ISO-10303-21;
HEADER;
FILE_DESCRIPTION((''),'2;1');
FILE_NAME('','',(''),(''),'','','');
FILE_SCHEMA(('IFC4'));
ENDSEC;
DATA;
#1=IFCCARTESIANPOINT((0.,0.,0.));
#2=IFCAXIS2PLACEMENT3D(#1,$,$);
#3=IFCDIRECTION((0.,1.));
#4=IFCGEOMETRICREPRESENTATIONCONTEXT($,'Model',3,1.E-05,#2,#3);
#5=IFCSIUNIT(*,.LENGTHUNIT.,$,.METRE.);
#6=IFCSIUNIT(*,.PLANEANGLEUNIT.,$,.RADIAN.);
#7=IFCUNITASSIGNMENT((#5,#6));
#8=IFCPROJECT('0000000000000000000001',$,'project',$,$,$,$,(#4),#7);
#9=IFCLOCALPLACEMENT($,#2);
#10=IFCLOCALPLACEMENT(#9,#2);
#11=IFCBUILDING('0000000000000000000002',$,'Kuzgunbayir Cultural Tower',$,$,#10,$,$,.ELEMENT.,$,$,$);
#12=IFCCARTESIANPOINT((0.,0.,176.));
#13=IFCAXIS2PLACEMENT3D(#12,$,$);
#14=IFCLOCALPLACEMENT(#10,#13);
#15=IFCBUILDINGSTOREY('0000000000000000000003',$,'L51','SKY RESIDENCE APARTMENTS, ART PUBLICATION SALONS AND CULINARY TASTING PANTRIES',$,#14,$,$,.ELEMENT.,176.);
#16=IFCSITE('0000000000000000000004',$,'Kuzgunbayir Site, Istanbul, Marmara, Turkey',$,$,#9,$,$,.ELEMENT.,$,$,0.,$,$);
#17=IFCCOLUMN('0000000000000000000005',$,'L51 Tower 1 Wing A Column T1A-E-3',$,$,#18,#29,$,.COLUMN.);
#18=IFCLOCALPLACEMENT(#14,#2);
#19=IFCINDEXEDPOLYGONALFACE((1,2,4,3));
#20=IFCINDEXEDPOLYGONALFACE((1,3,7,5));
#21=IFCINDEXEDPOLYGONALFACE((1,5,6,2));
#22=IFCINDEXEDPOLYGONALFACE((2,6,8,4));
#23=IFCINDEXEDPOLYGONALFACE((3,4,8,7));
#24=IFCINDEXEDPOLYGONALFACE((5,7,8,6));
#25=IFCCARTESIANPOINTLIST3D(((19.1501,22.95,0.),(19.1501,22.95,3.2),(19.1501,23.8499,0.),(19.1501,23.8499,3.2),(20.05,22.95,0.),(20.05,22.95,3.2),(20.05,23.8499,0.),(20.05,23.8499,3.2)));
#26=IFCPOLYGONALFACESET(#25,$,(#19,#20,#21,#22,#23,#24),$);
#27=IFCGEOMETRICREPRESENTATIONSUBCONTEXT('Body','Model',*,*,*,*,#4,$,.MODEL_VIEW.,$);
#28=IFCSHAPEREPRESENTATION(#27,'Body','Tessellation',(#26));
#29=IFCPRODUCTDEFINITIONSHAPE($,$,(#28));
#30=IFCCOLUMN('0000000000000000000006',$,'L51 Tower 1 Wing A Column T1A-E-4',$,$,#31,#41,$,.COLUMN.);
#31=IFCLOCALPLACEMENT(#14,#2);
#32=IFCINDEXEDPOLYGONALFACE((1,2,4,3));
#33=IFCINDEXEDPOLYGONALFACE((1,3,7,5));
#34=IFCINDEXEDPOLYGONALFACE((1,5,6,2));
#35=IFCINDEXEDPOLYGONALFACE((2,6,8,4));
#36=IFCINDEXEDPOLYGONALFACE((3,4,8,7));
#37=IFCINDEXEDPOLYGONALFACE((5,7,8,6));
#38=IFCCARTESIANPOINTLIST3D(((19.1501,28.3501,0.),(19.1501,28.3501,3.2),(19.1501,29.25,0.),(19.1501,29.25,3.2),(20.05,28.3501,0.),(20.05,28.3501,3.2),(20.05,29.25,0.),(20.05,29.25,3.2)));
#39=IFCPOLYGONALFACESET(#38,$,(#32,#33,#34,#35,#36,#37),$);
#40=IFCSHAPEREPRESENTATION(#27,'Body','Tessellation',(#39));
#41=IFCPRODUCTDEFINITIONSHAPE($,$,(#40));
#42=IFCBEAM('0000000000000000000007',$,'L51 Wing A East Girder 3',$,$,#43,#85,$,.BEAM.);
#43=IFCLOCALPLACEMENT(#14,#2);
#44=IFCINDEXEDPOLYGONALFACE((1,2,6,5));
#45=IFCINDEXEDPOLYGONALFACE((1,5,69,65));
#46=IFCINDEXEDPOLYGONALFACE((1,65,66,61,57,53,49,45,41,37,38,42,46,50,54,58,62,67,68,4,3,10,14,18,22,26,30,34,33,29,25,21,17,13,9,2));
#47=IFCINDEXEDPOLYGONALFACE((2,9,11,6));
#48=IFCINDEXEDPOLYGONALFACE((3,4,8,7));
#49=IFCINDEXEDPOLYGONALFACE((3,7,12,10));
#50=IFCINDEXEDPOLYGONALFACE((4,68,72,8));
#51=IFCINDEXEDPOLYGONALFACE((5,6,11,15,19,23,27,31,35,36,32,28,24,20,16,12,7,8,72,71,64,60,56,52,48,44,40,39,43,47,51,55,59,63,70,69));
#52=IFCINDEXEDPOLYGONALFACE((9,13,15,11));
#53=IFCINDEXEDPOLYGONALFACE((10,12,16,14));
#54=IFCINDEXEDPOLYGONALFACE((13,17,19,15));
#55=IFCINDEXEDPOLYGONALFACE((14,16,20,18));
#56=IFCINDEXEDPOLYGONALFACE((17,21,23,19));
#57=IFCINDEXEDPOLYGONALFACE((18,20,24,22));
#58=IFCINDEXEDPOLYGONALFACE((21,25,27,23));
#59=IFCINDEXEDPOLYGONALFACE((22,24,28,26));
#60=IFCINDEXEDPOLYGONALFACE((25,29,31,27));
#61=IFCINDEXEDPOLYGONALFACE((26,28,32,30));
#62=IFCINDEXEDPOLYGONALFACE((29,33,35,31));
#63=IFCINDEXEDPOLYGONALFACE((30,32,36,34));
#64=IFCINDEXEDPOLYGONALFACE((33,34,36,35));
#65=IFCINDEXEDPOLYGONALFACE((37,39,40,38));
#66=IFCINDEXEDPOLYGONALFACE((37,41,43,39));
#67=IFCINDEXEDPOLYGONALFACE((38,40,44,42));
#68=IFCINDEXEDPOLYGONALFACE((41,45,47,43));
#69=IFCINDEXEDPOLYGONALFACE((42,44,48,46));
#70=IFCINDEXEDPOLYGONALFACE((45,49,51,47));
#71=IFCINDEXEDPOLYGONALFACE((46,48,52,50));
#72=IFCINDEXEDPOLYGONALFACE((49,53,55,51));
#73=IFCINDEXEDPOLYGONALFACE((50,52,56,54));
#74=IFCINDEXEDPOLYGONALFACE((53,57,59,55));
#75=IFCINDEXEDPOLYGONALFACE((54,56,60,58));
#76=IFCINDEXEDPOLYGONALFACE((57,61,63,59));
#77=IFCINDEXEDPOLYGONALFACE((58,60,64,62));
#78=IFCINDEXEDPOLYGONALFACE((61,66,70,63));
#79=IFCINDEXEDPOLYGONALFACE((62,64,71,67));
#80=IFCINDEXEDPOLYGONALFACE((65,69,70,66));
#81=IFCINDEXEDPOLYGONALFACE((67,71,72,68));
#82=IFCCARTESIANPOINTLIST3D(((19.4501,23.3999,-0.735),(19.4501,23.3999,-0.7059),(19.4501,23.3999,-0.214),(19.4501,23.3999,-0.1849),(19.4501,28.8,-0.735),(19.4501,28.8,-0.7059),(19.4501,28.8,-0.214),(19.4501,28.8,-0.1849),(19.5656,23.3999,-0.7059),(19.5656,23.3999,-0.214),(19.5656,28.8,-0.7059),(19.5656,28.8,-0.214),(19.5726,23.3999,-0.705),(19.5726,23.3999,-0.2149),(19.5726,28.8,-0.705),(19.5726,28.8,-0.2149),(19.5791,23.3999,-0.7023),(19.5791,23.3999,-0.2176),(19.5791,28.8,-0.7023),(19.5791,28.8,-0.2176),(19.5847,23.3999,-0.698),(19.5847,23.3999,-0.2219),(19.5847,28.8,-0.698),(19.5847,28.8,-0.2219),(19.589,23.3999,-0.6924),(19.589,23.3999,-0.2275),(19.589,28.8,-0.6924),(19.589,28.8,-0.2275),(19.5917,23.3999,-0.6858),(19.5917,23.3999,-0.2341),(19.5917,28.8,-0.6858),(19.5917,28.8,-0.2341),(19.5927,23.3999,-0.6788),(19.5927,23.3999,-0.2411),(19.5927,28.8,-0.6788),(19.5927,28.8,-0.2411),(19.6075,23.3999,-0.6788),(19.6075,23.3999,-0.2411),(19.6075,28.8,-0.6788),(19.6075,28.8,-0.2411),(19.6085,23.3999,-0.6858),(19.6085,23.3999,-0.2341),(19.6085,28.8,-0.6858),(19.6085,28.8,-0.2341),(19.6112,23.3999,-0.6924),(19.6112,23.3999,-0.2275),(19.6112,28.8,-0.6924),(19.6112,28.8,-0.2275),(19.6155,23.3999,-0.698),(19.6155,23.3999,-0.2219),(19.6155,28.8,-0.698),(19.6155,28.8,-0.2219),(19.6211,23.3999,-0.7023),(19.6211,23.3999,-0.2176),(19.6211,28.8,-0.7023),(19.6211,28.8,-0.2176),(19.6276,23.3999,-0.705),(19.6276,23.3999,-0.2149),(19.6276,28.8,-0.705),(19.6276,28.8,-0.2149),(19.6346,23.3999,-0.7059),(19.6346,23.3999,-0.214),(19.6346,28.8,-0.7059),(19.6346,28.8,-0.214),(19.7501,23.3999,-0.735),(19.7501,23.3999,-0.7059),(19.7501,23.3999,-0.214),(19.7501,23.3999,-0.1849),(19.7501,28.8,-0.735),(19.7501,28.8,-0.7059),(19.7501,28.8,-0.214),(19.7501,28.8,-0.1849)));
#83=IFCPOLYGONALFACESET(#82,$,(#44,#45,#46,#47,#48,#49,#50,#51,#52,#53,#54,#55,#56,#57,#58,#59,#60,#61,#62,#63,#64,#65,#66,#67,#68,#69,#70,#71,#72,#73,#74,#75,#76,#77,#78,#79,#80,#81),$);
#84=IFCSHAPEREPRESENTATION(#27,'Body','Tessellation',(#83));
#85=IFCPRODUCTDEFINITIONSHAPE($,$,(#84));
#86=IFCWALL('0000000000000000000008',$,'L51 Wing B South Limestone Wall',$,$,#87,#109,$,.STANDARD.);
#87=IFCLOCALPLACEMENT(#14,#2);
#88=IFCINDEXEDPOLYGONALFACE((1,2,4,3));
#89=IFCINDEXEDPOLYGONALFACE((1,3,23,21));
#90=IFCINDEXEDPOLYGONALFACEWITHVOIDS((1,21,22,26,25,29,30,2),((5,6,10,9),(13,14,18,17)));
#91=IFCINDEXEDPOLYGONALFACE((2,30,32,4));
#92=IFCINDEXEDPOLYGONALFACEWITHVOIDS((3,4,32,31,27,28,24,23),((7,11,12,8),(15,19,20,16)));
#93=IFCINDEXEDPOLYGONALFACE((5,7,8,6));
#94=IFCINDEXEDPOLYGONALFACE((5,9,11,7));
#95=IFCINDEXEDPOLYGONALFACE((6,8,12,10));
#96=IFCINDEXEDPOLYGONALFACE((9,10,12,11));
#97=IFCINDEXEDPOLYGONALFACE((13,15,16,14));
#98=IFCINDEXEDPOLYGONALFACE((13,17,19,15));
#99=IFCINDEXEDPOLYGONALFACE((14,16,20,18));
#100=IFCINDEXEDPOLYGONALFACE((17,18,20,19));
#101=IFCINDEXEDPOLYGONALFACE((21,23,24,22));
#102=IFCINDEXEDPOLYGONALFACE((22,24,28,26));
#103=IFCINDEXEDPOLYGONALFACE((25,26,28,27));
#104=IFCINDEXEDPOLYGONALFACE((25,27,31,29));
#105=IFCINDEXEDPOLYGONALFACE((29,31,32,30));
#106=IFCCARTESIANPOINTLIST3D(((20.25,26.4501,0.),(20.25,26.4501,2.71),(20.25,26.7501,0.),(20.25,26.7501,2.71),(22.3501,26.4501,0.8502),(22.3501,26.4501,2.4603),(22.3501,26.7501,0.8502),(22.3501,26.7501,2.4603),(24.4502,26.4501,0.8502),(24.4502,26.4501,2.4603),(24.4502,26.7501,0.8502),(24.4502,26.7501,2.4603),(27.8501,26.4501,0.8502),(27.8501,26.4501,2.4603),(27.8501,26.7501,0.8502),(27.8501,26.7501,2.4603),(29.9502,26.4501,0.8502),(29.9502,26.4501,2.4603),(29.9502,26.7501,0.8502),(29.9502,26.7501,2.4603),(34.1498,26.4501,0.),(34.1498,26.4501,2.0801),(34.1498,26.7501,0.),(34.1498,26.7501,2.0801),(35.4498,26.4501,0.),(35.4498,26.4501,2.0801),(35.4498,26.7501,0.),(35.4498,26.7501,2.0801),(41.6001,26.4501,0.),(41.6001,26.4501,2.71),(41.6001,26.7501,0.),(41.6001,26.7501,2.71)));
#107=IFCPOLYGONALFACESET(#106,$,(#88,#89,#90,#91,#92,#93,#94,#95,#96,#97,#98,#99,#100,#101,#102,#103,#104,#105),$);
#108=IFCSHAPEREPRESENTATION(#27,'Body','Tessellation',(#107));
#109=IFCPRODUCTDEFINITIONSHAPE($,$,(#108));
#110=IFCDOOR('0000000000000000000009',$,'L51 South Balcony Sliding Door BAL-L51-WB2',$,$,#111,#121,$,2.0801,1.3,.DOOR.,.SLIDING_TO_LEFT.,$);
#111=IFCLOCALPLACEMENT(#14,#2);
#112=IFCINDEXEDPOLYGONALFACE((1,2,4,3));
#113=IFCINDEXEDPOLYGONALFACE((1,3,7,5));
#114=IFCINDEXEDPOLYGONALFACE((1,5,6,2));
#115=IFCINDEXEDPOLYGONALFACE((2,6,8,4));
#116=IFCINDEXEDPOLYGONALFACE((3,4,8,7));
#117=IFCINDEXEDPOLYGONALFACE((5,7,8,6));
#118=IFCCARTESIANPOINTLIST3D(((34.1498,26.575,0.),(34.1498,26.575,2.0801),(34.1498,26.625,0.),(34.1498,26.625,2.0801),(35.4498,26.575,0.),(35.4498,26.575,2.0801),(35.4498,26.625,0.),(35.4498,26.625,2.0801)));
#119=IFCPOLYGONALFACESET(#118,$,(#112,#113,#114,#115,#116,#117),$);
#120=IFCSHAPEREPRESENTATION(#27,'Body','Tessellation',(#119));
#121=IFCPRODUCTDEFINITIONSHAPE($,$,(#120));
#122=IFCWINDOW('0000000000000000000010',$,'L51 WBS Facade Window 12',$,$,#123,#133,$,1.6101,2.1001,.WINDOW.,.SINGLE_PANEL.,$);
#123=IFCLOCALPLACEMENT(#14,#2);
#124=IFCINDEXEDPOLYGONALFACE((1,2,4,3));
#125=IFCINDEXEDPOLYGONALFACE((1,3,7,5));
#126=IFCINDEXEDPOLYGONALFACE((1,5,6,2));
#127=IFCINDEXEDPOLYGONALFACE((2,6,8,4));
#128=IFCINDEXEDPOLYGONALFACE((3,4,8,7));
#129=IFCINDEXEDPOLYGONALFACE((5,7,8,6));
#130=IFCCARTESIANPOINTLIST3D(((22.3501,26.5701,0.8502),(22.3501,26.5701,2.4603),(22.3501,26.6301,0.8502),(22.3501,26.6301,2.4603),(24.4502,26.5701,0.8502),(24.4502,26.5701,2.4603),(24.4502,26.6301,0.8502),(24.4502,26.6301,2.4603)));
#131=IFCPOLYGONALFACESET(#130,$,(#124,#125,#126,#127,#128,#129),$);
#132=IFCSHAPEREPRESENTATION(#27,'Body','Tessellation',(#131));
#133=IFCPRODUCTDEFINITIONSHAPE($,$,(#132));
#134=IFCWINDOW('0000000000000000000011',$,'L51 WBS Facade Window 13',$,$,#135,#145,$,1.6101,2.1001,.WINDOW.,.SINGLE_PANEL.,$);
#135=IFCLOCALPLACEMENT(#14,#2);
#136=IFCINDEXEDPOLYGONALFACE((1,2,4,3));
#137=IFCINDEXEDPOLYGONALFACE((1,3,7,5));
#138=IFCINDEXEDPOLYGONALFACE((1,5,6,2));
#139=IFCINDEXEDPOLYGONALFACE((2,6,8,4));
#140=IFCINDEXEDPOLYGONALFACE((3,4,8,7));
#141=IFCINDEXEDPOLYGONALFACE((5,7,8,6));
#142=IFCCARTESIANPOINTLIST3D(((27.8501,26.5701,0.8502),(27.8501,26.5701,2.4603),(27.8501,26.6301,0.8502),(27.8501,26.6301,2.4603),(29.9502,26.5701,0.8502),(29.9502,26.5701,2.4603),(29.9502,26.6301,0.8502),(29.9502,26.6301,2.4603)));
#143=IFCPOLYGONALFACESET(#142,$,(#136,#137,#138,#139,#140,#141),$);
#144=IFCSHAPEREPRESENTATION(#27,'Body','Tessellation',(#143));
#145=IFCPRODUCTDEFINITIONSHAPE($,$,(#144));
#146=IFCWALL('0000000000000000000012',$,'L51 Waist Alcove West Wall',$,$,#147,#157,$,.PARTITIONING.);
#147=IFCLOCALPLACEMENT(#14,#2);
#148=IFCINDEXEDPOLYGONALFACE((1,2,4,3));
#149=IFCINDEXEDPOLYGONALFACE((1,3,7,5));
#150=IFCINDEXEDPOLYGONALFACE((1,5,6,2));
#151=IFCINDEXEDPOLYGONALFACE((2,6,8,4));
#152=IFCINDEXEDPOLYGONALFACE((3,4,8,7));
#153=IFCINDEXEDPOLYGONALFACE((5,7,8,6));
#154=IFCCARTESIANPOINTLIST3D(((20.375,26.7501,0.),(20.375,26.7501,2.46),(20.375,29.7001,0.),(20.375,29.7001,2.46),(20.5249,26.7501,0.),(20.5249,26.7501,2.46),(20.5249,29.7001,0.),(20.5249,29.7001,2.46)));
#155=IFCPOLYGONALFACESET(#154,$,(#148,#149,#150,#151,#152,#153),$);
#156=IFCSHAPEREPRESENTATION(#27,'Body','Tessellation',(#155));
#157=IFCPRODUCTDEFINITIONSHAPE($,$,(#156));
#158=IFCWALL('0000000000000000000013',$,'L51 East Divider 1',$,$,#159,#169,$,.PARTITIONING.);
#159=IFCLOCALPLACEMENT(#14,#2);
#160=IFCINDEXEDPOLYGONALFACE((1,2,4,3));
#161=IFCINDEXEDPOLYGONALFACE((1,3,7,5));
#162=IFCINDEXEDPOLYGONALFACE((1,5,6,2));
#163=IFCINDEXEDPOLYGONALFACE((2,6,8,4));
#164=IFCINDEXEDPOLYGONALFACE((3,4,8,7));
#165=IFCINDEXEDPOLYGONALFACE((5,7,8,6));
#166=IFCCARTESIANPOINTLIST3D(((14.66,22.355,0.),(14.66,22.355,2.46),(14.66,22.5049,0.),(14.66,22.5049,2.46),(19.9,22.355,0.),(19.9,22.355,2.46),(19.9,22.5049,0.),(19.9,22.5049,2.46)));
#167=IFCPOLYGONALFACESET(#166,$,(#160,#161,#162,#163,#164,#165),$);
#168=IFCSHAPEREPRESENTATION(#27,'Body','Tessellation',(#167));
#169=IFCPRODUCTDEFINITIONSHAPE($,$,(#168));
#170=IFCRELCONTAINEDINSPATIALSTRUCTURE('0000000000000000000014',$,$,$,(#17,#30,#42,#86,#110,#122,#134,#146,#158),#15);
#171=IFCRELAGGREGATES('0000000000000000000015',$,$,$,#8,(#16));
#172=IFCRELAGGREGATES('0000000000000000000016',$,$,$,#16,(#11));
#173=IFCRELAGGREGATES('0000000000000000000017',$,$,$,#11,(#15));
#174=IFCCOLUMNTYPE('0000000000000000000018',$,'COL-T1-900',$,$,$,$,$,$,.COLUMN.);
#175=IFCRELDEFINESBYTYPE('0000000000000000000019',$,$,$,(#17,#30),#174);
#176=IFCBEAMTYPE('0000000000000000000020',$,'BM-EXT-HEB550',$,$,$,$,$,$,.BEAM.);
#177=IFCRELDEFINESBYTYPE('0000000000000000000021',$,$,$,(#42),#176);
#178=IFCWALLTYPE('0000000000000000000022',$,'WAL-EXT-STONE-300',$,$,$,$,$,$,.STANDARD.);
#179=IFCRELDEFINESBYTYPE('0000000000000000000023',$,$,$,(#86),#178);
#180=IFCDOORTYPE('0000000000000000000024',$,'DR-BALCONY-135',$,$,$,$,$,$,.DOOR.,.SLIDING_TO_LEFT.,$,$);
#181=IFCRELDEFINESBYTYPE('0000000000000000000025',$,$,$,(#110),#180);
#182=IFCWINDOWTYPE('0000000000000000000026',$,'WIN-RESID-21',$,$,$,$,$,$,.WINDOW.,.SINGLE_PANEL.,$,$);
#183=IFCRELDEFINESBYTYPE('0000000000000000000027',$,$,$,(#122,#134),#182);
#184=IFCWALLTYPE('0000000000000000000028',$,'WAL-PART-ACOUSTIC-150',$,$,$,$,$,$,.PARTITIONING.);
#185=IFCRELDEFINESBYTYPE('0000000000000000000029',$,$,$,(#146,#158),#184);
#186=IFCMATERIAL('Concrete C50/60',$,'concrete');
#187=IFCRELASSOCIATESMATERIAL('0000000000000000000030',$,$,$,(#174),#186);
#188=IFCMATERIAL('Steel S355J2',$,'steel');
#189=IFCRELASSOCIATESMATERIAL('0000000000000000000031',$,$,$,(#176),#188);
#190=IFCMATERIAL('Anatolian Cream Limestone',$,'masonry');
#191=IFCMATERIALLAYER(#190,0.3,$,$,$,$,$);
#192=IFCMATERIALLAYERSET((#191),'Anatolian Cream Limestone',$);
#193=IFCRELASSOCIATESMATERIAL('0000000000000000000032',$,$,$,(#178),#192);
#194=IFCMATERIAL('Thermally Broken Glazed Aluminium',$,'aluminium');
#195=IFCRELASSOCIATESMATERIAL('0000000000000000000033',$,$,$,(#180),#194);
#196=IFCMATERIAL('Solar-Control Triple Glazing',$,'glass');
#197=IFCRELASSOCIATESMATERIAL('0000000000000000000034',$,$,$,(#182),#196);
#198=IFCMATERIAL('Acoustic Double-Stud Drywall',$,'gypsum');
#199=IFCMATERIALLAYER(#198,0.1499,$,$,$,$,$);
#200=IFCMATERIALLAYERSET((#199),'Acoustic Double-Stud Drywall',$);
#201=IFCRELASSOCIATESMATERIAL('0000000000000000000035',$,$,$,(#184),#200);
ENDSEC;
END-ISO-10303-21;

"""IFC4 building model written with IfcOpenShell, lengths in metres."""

from ifc_helpers import new_model, si_unit, direction, frame, frame_2d, origin, origin_2d, place, context, subcontext, project, spatial, rectangle, i_section, extrude, material, layer, layer_set, material_profile, profile_set, type_object, element, fill, save


model = new_model("IFC4")

# Units and contexts
model_context = context("Model", 3, precision=1e-05, world=origin(), true_north=direction((0.0, 1.0)))
body_context = subcontext(model_context, "Body", "Model", "MODEL_VIEW")
ifc_project = project(units=[si_unit("LENGTHUNIT", "METRE"), si_unit("PLANEANGLEUNIT", "RADIAN")], contexts=[model_context])

# Site, building, storey
site_placement = place(None, origin())
site = spatial("IfcSite", under=ifc_project, at=site_placement, Name="Kuzgunbayir Site, Istanbul, Marmara, Turkey", CompositionType="ELEMENT", RefElevation=0.0)
building_placement = place(site_placement, origin())
building = spatial("IfcBuilding", under=site, at=building_placement, Name="Kuzgunbayir Cultural Tower", CompositionType="ELEMENT")
storey_placement = place(building_placement, frame((0.0, 0.0, 176.0)))
storey = spatial("IfcBuildingStorey", under=building, at=storey_placement, Name="L51", Description="SKY RESIDENCE APARTMENTS, ART PUBLICATION SALONS AND CULINARY TASTING PANTRIES", CompositionType="ELEMENT", Elevation=176.0)

# Columns
ifc_material_1 = material(Name="Concrete C50/60", Category="concrete")
ifc_material_profile_1 = material_profile(ifc_material_1, rectangle(XDim=0.8999, YDim=0.8999, at=origin_2d()), Name="RC 900x900")
ifc_profile_set_1 = profile_set([ifc_material_profile_1], Name="Concrete C50/60")
column_type = type_object("IfcColumnType", Name="COL-T1-900", PredefinedType="COLUMN", material=ifc_profile_set_1)
for number, where, z_axis, x_axis, name in (
    (1, (19.6001, 23.3999, 0.0), (0.0, 0.0, 1.0), (1.0, 0.0, 0.0), "L51 Tower 1 Wing A Column T1A-E-3"),
    (2, (19.6001, 28.8, 0.0), (0.0, 0.0, 1.0), (1.0, 0.0, 0.0), "L51 Tower 1 Wing A Column T1A-E-4"),
):
    element("IfcColumn", number, at=place(storey_placement, frame(where, z_axis=z_axis, x_axis=x_axis)), inside=storey, type_object=column_type, Name=name, PredefinedType="COLUMN", context=body_context, shape_type="SweptSolid", body=[
        extrude(rectangle(XDim=0.8999, YDim=0.8999, at=origin_2d()), origin(), (0.0, 0.0, 1.0), 3.2),
    ])

# Beam
ifc_material_2 = material(Name="Steel S355J2", Category="steel")
ifc_material_profile_2 = material_profile(ifc_material_2, i_section(OverallWidth=0.3, OverallDepth=0.55, WebThickness=0.0149, FlangeThickness=0.0291, FilletRadius=0.0271, at=origin_2d()), Name="HEB 550")
ifc_profile_set_2 = profile_set([ifc_material_profile_2], Name="Steel S355J2")
beam_type = type_object("IfcBeamType", Name="BM-EXT-HEB550", PredefinedType="BEAM", material=ifc_profile_set_2)
beam_placement = place(storey_placement, frame((19.6001, 23.3999, -0.46), z_axis=(0.0, 1.0, 0.0), x_axis=(-1.0, 0.0, 0.0)))
element("IfcBeam", 3, at=beam_placement, inside=storey, type_object=beam_type, Name="L51 Wing A East Girder 3", PredefinedType="BEAM", context=body_context, shape_type="SweptSolid", body=[
    extrude(i_section(OverallWidth=0.3, OverallDepth=0.55, WebThickness=0.0149, FlangeThickness=0.0291, FilletRadius=0.0271, at=origin_2d()), origin(), (0.0, 0.0, 1.0), 5.4001),
])

# Wall, openings, door, windows
ifc_material_3 = material(Name="Anatolian Cream Limestone", Category="masonry")
ifc_layer_1 = layer(ifc_material_3, 0.3)
ifc_layer_set_1 = layer_set([ifc_layer_1], Name="Anatolian Cream Limestone")
wall_type_1 = type_object("IfcWallType", Name="WAL-EXT-STONE-300", PredefinedType="STANDARD", material=ifc_layer_set_1)
wall_1_placement = place(storey_placement, frame((20.25, 26.6001, 0.0), z_axis=(0.0, 0.0, 1.0), x_axis=(1.0, 0.0, 0.0)))
wall_1 = element("IfcWall", 4, at=wall_1_placement, inside=storey, type_object=wall_type_1, Name="L51 Wing B South Limestone Wall", PredefinedType="STANDARD", context=body_context, shape_type="SweptSolid", body=[
    extrude(rectangle(XDim=21.3501, YDim=0.3, at=frame_2d((10.675, 0.0))), origin(), (0.0, 0.0, 1.0), 2.71),
])
opening_1_placement = place(wall_1_placement, frame((13.8999, 0.0, 0.0)))
opening_1 = element("IfcOpeningElement", 5, at=opening_1_placement, cuts=wall_1, PredefinedType="OPENING", context=body_context, shape_type="SweptSolid", body=[
    extrude(rectangle(XDim=1.3, YDim=2.0801, at=frame_2d((0.6499, 1.04))), frame((0.0, 0.1602, 0.0), z_axis=(0.0, -1.0, 0.0), x_axis=(1.0, 0.0, 0.0)), (0.0, 0.0, 1.0), 0.3201),
])
opening_2_placement = place(wall_1_placement, frame((2.1001, 0.0, 0.8501)))
opening_2 = element("IfcOpeningElement", 6, at=opening_2_placement, cuts=wall_1, PredefinedType="OPENING", context=body_context, shape_type="SweptSolid", body=[
    extrude(rectangle(XDim=2.1001, YDim=1.6101, at=frame_2d((1.05, 0.8052))), frame((0.0, 0.1602, 0.0), z_axis=(0.0, -1.0, 0.0), x_axis=(1.0, 0.0, 0.0)), (0.0, 0.0, 1.0), 0.3201),
])
opening_3_placement = place(wall_1_placement, frame((7.6001, 0.0, 0.8501)))
opening_3 = element("IfcOpeningElement", 7, at=opening_3_placement, cuts=wall_1, PredefinedType="OPENING", context=body_context, shape_type="SweptSolid", body=[
    extrude(rectangle(XDim=2.1001, YDim=1.6101, at=frame_2d((1.05, 0.8052))), frame((0.0, 0.1602, 0.0), z_axis=(0.0, -1.0, 0.0), x_axis=(1.0, 0.0, 0.0)), (0.0, 0.0, 1.0), 0.3201),
])
ifc_material_4 = material(Name="Thermally Broken Glazed Aluminium", Category="aluminium")
door_type = type_object("IfcDoorType", Name="DR-BALCONY-135", OperationType="SLIDING_TO_LEFT", PredefinedType="DOOR", material=ifc_material_4)
door_placement = place(opening_1_placement, origin())
door = element("IfcDoor", 8, at=door_placement, inside=storey, type_object=door_type, Name="L51 South Balcony Sliding Door BAL-L51-WB2", OperationType="SLIDING_TO_LEFT", OverallHeight=2.0801, OverallWidth=1.3, PredefinedType="DOOR", context=body_context, shape_type="SweptSolid", body=[
    extrude(rectangle(XDim=1.3, YDim=2.0801, at=frame_2d((0.6499, 1.04))), frame((0.0, 0.0249, 0.0), z_axis=(0.0, -1.0, 0.0), x_axis=(1.0, 0.0, 0.0)), (0.0, 0.0, 1.0), 0.05),
])
fill(opening_1, door)
ifc_material_5 = material(Name="Solar-Control Triple Glazing", Category="glass")
window_type = type_object("IfcWindowType", Name="WIN-RESID-21", PartitioningType="SINGLE_PANEL", PredefinedType="WINDOW", material=ifc_material_5)
window_1_placement = place(opening_2_placement, origin())
window_1 = element("IfcWindow", 9, at=window_1_placement, inside=storey, type_object=window_type, Name="L51 WBS Facade Window 12", OverallHeight=1.6101, OverallWidth=2.1001, PartitioningType="SINGLE_PANEL", PredefinedType="WINDOW", context=body_context, shape_type="SweptSolid", body=[
    extrude(rectangle(XDim=2.1001, YDim=1.6101, at=frame_2d((1.05, 0.8052))), frame((0.0, 0.03, 0.0), z_axis=(0.0, -1.0, 0.0), x_axis=(1.0, 0.0, 0.0)), (0.0, 0.0, 1.0), 0.0601),
])
fill(opening_2, window_1)
window_2_placement = place(opening_3_placement, origin())
window_2 = element("IfcWindow", 10, at=window_2_placement, inside=storey, type_object=window_type, Name="L51 WBS Facade Window 13", OverallHeight=1.6101, OverallWidth=2.1001, PartitioningType="SINGLE_PANEL", PredefinedType="WINDOW", context=body_context, shape_type="SweptSolid", body=[
    extrude(rectangle(XDim=2.1001, YDim=1.6101, at=frame_2d((1.05, 0.8052))), frame((0.0, 0.03, 0.0), z_axis=(0.0, -1.0, 0.0), x_axis=(1.0, 0.0, 0.0)), (0.0, 0.0, 1.0), 0.0601),
])
fill(opening_3, window_2)

# Walls
ifc_material_6 = material(Name="Acoustic Double-Stud Drywall", Category="gypsum")
ifc_layer_2 = layer(ifc_material_6, 0.1499)
ifc_layer_set_2 = layer_set([ifc_layer_2], Name="Acoustic Double-Stud Drywall")
wall_type_2 = type_object("IfcWallType", Name="WAL-PART-ACOUSTIC-150", PredefinedType="PARTITIONING", material=ifc_layer_set_2)
wall_2_placement = place(storey_placement, frame((20.45, 26.75, 0.0), z_axis=(0.0, 0.0, 1.0), x_axis=(0.0, 1.0, 0.0)))
element("IfcWall", 11, at=wall_2_placement, inside=storey, type_object=wall_type_2, Name="L51 Waist Alcove West Wall", PredefinedType="PARTITIONING", context=body_context, shape_type="SweptSolid", body=[
    extrude(rectangle(XDim=2.95, YDim=0.1499, at=frame_2d((1.4751, 0.0))), origin(), (0.0, 0.0, 1.0), 2.46),
])
for number, where, z_axis, x_axis, name in (
    (12, (14.6599, 22.4299, 0.0), (0.0, 0.0, 1.0), (1.0, 0.0, 0.0), "L51 East Divider 1"),
):
    element("IfcWall", number, at=place(storey_placement, frame(where, z_axis=z_axis, x_axis=x_axis)), inside=storey, type_object=wall_type_2, Name=name, PredefinedType="PARTITIONING", context=body_context, shape_type="SweptSolid", body=[
        extrude(rectangle(XDim=5.24, YDim=0.1499, at=frame_2d((2.6201, 0.0))), origin(), (0.0, 0.0, 1.0), 2.46),
    ])

save(model, "model.ifc")
